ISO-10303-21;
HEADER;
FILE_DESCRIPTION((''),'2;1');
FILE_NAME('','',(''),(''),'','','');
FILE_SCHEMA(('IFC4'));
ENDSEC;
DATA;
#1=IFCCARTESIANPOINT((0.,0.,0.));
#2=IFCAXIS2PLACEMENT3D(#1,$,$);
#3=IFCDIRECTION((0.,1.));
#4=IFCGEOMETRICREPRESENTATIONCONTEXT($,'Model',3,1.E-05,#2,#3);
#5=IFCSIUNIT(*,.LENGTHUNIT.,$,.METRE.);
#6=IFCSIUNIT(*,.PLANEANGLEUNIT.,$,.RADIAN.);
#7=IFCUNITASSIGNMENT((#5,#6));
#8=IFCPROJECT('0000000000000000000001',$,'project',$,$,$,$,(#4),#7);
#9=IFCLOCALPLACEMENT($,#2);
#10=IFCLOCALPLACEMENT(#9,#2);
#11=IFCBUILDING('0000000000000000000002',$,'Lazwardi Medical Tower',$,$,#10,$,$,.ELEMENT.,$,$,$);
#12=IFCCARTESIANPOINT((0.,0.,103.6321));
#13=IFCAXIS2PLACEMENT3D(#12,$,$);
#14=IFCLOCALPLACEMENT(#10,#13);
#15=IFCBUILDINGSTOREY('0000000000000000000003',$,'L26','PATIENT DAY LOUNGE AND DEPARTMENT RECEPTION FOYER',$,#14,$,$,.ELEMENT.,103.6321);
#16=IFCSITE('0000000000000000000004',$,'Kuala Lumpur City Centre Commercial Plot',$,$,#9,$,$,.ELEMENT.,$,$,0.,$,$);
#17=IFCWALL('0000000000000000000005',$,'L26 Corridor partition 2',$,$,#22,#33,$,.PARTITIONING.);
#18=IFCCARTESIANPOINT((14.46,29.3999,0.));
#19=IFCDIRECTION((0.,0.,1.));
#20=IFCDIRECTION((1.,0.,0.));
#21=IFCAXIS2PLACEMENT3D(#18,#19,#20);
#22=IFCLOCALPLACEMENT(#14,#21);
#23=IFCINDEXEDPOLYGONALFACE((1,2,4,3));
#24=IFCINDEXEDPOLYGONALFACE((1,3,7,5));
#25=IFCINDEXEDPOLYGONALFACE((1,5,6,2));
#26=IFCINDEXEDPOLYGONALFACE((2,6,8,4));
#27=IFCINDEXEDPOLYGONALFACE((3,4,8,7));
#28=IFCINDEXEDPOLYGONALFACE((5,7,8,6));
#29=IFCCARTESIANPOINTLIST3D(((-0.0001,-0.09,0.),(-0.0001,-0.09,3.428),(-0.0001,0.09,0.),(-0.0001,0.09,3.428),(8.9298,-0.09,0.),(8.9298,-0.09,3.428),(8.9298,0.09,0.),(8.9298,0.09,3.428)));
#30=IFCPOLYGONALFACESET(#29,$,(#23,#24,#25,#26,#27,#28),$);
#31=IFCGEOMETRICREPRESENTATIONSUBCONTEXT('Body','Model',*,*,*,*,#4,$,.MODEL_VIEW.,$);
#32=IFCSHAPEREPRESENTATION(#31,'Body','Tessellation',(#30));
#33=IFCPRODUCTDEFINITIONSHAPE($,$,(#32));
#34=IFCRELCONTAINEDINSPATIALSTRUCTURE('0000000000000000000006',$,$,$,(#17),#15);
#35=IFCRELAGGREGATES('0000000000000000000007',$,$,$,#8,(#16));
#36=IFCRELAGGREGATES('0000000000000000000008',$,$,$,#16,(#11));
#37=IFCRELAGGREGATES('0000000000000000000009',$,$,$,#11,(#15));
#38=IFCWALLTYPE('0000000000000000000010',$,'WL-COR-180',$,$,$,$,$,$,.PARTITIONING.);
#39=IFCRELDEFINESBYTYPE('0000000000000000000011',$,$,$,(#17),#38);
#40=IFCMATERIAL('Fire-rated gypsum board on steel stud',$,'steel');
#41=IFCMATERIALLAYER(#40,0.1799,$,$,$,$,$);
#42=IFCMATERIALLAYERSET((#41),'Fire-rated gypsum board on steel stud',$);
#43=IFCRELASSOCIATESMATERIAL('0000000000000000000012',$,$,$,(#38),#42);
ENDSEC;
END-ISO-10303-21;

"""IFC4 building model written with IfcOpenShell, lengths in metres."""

from ifc_helpers import new_model, si_unit, direction, frame, frame_2d, origin, place, context, subcontext, project, spatial, rectangle, extrude, material, layer, layer_set, type_object, element, save


model = new_model("IFC4")

# Units and contexts
model_context = context("Model", 3, precision=1e-05, world=origin(), true_north=direction((0.0, 1.0)))
body_context = subcontext(model_context, "Body", "Model", "MODEL_VIEW")
ifc_project = project(units=[si_unit("LENGTHUNIT", "METRE"), si_unit("PLANEANGLEUNIT", "RADIAN")], contexts=[model_context])

# Site, building, storey
site_placement = place(None, origin())
site = spatial("IfcSite", under=ifc_project, at=site_placement, Name="Kuala Lumpur City Centre Commercial Plot", CompositionType="ELEMENT", RefElevation=0.0)
building_placement = place(site_placement, origin())
building = spatial("IfcBuilding", under=site, at=building_placement, Name="Lazwardi Medical Tower", CompositionType="ELEMENT")
storey_placement = place(building_placement, frame((0.0, 0.0, 103.6321)))
storey = spatial("IfcBuildingStorey", under=building, at=storey_placement, Name="L26", Description="PATIENT DAY LOUNGE AND DEPARTMENT RECEPTION FOYER", CompositionType="ELEMENT", Elevation=103.6321)

# Wall
ifc_material_1 = material(Name="Fire-rated gypsum board on steel stud", Category="steel")
ifc_layer_1 = layer(ifc_material_1, 0.1799)
ifc_layer_set_1 = layer_set([ifc_layer_1], Name="Fire-rated gypsum board on steel stud")
wall_type = type_object("IfcWallType", Name="WL-COR-180", PredefinedType="PARTITIONING", material=ifc_layer_set_1)
wall_1_placement = place(storey_placement, frame((14.46, 29.3999, 0.0), z_axis=(0.0, 0.0, 1.0), x_axis=(1.0, 0.0, 0.0)))
element("IfcWall", 1, at=wall_1_placement, inside=storey, type_object=wall_type, Name="L26 Corridor partition 2", PredefinedType="PARTITIONING", context=body_context, shape_type="SweptSolid", body=[
    extrude(rectangle(XDim=8.9299, YDim=0.1799, at=frame_2d((4.4648, 0.0))), origin(), (0.0, 0.0, 1.0), 3.428),
])

save(model, "model.ifc")
